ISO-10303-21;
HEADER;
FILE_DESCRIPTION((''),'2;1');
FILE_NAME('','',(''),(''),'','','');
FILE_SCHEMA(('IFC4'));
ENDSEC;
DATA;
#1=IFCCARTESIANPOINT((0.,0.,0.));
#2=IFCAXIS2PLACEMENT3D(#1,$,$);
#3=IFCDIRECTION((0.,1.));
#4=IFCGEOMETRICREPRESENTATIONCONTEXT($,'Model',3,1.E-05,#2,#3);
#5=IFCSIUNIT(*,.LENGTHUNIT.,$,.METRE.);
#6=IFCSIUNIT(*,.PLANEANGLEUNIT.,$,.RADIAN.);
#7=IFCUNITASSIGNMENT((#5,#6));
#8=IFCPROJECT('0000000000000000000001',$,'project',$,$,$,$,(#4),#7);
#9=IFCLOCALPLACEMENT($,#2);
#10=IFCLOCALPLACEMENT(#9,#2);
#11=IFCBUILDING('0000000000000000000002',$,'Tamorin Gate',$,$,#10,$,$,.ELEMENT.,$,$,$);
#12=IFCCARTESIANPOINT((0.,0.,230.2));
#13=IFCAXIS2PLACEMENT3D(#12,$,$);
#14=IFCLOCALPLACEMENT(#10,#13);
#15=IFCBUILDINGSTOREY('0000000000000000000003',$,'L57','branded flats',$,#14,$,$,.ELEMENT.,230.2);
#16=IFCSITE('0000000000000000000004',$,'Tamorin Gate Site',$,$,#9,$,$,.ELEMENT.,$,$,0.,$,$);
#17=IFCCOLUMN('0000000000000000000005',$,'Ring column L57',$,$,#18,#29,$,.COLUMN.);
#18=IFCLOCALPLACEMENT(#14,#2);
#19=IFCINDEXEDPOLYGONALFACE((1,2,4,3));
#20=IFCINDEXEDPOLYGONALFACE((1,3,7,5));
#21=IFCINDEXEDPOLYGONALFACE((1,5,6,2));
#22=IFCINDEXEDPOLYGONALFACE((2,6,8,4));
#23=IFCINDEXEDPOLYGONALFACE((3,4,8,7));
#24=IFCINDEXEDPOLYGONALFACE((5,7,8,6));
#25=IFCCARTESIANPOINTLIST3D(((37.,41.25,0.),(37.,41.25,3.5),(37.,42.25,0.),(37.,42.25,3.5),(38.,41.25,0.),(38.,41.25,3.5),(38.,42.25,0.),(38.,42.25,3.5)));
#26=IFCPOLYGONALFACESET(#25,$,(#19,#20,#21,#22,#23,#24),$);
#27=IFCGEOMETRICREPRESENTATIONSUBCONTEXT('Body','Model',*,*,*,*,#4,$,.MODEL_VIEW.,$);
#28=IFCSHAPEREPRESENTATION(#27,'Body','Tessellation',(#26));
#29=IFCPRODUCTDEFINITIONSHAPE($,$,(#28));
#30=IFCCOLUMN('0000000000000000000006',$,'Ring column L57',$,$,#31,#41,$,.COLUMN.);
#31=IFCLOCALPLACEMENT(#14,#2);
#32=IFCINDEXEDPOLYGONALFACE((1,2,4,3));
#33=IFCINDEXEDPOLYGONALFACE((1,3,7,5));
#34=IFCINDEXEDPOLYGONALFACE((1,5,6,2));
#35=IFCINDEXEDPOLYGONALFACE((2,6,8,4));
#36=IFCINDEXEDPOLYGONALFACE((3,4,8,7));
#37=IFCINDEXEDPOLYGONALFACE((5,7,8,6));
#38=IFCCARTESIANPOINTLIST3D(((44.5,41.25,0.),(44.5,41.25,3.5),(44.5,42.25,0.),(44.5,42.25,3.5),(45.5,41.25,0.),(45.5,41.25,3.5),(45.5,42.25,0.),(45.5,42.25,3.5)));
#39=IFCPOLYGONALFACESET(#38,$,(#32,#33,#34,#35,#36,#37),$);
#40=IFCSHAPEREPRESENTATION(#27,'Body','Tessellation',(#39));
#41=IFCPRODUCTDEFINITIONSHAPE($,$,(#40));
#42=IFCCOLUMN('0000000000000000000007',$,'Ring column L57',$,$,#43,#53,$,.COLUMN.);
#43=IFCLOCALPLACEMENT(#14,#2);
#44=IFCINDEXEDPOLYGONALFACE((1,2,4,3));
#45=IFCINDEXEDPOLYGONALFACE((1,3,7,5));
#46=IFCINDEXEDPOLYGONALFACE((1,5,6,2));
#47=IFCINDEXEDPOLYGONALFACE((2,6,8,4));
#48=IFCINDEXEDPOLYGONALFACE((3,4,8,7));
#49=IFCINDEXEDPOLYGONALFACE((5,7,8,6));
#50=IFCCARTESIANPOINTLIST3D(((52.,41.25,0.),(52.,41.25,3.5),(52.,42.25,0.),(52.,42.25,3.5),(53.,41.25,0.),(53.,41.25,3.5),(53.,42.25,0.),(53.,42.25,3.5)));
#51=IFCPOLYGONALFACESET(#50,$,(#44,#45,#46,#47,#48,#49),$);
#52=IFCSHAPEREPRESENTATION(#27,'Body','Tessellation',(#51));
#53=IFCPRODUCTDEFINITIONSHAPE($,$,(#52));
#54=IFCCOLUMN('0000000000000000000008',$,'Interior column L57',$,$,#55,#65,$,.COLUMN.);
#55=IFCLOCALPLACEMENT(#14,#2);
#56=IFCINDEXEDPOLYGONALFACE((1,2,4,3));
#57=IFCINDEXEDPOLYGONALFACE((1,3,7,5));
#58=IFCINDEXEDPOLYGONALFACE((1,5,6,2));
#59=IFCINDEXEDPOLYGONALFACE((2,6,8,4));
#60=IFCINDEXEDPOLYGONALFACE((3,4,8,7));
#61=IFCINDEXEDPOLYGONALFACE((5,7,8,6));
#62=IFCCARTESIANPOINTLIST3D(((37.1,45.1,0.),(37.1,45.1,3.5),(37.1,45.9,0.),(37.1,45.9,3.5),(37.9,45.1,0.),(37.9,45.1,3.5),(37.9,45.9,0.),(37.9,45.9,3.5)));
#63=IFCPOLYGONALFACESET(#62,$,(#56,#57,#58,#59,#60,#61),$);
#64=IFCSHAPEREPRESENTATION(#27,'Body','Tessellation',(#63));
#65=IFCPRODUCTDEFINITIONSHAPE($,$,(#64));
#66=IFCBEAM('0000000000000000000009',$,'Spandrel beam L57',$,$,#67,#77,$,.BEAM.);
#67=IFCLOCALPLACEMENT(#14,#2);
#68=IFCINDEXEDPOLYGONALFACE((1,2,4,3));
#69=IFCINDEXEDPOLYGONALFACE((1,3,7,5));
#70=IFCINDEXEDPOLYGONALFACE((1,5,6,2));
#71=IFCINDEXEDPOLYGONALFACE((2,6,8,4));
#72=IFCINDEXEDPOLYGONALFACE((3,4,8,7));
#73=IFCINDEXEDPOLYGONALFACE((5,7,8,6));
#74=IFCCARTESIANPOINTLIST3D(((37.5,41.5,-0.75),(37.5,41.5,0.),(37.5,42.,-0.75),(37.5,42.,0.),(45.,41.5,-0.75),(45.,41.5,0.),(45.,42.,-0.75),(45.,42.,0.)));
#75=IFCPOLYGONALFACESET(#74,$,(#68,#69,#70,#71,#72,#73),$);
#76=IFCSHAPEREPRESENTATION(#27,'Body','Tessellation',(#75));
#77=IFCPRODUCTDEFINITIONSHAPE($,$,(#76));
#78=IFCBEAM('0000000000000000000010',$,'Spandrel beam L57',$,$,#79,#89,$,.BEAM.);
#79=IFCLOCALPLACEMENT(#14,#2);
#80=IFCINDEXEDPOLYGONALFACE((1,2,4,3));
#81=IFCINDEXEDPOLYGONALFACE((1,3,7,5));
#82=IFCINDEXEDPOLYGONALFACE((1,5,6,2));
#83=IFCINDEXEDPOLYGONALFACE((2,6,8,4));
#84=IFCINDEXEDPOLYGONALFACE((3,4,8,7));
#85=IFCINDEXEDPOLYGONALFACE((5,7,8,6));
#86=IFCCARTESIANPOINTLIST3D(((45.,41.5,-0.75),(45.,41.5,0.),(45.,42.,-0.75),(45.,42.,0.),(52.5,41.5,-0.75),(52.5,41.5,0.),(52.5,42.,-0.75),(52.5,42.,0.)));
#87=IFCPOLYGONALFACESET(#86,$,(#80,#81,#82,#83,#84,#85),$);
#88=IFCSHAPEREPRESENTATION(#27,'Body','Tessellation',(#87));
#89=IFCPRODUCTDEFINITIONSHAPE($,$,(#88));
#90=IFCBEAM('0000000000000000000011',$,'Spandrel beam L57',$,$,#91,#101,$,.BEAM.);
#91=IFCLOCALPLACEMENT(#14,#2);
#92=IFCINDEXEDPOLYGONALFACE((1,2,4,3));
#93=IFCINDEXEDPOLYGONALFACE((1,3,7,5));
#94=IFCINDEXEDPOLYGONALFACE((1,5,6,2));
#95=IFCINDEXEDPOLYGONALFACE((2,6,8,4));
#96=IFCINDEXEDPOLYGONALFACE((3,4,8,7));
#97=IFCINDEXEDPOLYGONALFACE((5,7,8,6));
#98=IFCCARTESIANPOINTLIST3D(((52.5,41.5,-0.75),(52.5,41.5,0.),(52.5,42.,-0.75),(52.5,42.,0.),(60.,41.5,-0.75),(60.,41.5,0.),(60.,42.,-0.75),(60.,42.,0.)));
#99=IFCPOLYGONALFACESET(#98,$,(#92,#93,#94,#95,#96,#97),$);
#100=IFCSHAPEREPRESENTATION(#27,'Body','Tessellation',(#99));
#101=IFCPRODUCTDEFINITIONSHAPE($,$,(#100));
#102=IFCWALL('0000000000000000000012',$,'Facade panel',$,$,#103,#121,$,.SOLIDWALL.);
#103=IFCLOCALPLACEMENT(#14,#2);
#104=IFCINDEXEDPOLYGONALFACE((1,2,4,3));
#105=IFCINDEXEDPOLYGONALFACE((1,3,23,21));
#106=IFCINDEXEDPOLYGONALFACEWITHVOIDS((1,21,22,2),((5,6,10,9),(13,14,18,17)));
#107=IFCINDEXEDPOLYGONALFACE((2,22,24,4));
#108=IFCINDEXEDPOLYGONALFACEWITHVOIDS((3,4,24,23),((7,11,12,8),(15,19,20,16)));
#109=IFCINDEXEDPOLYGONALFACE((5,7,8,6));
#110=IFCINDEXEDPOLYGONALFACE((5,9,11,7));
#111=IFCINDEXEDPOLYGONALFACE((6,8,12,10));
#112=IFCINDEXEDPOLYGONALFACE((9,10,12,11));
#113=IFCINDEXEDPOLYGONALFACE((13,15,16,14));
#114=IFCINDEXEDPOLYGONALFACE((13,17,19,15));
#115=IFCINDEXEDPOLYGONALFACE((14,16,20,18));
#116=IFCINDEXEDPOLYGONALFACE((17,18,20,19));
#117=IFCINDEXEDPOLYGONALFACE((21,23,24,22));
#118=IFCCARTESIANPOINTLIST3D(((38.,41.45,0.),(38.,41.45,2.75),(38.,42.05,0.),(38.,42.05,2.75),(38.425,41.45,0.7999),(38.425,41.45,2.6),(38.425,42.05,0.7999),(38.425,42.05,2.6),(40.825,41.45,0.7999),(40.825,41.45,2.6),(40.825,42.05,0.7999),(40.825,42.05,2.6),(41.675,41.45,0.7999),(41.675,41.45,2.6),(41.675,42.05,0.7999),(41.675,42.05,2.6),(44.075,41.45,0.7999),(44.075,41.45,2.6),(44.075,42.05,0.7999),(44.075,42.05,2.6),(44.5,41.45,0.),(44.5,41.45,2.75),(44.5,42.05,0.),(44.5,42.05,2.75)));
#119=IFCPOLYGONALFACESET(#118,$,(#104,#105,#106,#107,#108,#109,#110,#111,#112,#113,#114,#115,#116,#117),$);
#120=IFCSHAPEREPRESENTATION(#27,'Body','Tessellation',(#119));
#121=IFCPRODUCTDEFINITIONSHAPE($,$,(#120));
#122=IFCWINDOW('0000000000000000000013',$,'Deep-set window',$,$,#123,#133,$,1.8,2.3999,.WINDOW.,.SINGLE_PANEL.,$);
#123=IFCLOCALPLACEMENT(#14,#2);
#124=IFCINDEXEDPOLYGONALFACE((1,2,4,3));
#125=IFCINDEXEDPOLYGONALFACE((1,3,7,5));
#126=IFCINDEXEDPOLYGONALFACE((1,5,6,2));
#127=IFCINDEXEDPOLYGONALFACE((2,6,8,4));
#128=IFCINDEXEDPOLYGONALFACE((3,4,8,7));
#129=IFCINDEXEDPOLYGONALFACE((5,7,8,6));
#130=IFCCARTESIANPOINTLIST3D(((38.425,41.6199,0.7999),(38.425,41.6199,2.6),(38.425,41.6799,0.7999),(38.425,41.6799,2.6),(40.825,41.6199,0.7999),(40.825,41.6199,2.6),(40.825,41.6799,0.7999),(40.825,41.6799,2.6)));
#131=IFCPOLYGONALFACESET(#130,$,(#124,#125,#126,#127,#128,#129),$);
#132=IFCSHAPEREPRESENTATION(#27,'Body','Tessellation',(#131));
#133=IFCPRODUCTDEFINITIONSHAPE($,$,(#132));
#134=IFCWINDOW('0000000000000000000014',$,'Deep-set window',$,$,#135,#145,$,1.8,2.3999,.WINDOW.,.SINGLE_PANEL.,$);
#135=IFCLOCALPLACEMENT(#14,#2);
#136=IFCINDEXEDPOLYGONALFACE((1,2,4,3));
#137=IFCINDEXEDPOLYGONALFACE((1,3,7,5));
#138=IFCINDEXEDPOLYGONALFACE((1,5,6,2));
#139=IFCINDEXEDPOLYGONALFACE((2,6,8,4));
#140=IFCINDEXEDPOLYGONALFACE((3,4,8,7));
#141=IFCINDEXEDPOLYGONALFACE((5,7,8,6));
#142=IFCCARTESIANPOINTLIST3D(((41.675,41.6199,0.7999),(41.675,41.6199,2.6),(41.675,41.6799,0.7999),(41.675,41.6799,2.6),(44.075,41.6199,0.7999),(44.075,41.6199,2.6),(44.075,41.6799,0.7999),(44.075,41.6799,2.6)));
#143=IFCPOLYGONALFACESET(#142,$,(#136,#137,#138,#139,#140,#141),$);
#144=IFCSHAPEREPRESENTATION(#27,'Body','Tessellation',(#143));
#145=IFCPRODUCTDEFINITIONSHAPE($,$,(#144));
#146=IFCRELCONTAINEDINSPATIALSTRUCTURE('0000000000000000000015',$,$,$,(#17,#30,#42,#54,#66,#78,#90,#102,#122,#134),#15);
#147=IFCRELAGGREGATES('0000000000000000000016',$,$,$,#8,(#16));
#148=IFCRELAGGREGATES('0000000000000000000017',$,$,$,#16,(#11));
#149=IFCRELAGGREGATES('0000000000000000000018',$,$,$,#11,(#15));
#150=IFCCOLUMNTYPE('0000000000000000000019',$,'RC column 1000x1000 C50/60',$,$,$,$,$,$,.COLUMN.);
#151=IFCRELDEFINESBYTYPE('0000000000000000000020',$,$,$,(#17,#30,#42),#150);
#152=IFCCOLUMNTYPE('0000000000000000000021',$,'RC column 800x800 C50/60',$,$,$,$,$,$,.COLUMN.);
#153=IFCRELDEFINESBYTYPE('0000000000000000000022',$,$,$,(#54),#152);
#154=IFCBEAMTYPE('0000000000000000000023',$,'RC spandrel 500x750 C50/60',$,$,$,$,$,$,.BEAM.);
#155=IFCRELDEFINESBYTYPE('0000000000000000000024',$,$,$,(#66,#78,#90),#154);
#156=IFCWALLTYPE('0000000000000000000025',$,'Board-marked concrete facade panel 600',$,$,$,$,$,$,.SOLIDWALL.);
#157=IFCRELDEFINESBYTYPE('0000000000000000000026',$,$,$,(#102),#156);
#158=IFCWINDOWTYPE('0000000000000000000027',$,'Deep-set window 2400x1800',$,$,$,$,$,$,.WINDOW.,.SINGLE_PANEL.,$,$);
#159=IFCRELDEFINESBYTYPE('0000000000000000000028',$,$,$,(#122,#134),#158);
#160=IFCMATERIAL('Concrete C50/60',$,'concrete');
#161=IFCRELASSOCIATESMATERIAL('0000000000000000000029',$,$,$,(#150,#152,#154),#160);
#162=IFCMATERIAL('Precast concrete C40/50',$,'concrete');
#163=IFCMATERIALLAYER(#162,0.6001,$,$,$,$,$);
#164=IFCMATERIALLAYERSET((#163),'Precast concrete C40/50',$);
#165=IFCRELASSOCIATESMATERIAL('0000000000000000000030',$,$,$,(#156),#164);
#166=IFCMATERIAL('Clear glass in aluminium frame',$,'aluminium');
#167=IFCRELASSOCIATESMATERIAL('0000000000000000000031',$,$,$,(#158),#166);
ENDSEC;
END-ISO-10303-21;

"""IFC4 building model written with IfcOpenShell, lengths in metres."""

from ifc_helpers import new_model, si_unit, direction, frame, frame_2d, origin, origin_2d, place, context, subcontext, project, spatial, rectangle, extrude, material, layer, layer_set, material_profile, profile_set, type_object, element, fill, save


model = new_model("IFC4")

# Units and contexts
model_context = context("Model", 3, precision=1e-05, world=origin(), true_north=direction((0.0, 1.0)))
body_context = subcontext(model_context, "Body", "Model", "MODEL_VIEW")
ifc_project = project(units=[si_unit("LENGTHUNIT", "METRE"), si_unit("PLANEANGLEUNIT", "RADIAN")], contexts=[model_context])

# Site, building, storey
site_placement = place(None, origin())
site = spatial("IfcSite", under=ifc_project, at=site_placement, Name="Tamorin Gate Site", CompositionType="ELEMENT", RefElevation=0.0)
building_placement = place(site_placement, origin())
building = spatial("IfcBuilding", under=site, at=building_placement, Name="Tamorin Gate", CompositionType="ELEMENT")
storey_placement = place(building_placement, frame((0.0, 0.0, 230.2)))
storey = spatial("IfcBuildingStorey", under=building, at=storey_placement, Name="L57", Description="branded flats", CompositionType="ELEMENT", Elevation=230.2)

# Columns
ifc_material_1 = material(Name="Concrete C50/60", Category="concrete")
ifc_material_profile_1 = material_profile(ifc_material_1, rectangle(XDim=1.0, YDim=1.0, at=origin_2d()), Name="RC 1000x1000")
ifc_profile_set_1 = profile_set([ifc_material_profile_1], Name="Concrete C50/60")
column_type_1 = type_object("IfcColumnType", Name="RC column 1000x1000 C50/60", PredefinedType="COLUMN", material=ifc_profile_set_1)
for number, where, z_axis, x_axis, name in (
    (1, (37.5, 41.75, 0.0), (0.0, 0.0, 1.0), (1.0, 0.0, 0.0), "Ring column L57"),
    (2, (45.0, 41.75, 0.0), (0.0, 0.0, 1.0), (1.0, 0.0, 0.0), "Ring column L57"),
    (3, (52.5, 41.75, 0.0), (0.0, 0.0, 1.0), (1.0, 0.0, 0.0), "Ring column L57"),
):
    element("IfcColumn", number, at=place(storey_placement, frame(where, z_axis=z_axis, x_axis=x_axis)), inside=storey, type_object=column_type_1, Name=name, PredefinedType="COLUMN", context=body_context, shape_type="SweptSolid", body=[
        extrude(rectangle(XDim=1.0, YDim=1.0, at=origin_2d()), origin(), (0.0, 0.0, 1.0), 3.5),
    ])
ifc_material_profile_2 = material_profile(ifc_material_1, rectangle(XDim=0.8, YDim=0.8, at=origin_2d()), Name="RC 800x800")
ifc_profile_set_2 = profile_set([ifc_material_profile_2], Name="Concrete C50/60")
column_type_2 = type_object("IfcColumnType", Name="RC column 800x800 C50/60", PredefinedType="COLUMN", material=ifc_profile_set_2)
column_placement = place(storey_placement, frame((37.5, 45.5, 0.0), z_axis=(0.0, 0.0, 1.0), x_axis=(1.0, 0.0, 0.0)))
element("IfcColumn", 4, at=column_placement, inside=storey, type_object=column_type_2, Name="Interior column L57", PredefinedType="COLUMN", context=body_context, shape_type="SweptSolid", body=[
    extrude(rectangle(XDim=0.8, YDim=0.8, at=origin_2d()), origin(), (0.0, 0.0, 1.0), 3.5),
])

# Beams
ifc_material_profile_3 = material_profile(ifc_material_1, rectangle(XDim=0.5, YDim=0.75, at=origin_2d()), Name="RC 500x750")
ifc_profile_set_3 = profile_set([ifc_material_profile_3], Name="Concrete C50/60")
beam_type = type_object("IfcBeamType", Name="RC spandrel 500x750 C50/60", PredefinedType="BEAM", material=ifc_profile_set_3)
for number, where, z_axis, x_axis, name in (
    (5, (37.5, 41.75, -0.375), (1.0, 0.0, 0.0), (0.0, 1.0, 0.0), "Spandrel beam L57"),
    (6, (45.0, 41.75, -0.375), (1.0, 0.0, 0.0), (0.0, 1.0, 0.0), "Spandrel beam L57"),
    (7, (52.5, 41.75, -0.375), (1.0, 0.0, 0.0), (0.0, 1.0, 0.0), "Spandrel beam L57"),
):
    element("IfcBeam", number, at=place(storey_placement, frame(where, z_axis=z_axis, x_axis=x_axis)), inside=storey, type_object=beam_type, Name=name, PredefinedType="BEAM", context=body_context, shape_type="SweptSolid", body=[
        extrude(rectangle(XDim=0.5, YDim=0.75, at=origin_2d()), origin(), (0.0, 0.0, 1.0), 7.5),
    ])

# Wall, openings, windows
ifc_material_2 = material(Name="Precast concrete C40/50", Category="concrete")
ifc_layer_1 = layer(ifc_material_2, 0.6001)
ifc_layer_set_1 = layer_set([ifc_layer_1], Name="Precast concrete C40/50")
wall_type_1 = type_object("IfcWallType", Name="Board-marked concrete facade panel 600", PredefinedType="SOLIDWALL", material=ifc_layer_set_1)
wall_1_placement = place(storey_placement, frame((38.0, 41.75, 0.0), z_axis=(0.0, 0.0, 1.0), x_axis=(1.0, 0.0, 0.0)))
wall_1 = element("IfcWall", 8, at=wall_1_placement, inside=storey, type_object=wall_type_1, Name="Facade panel", PredefinedType="SOLIDWALL", context=body_context, shape_type="SweptSolid", body=[
    extrude(rectangle(XDim=6.5, YDim=0.6001, at=frame_2d((3.25, 0.0))), origin(), (0.0, 0.0, 1.0), 2.75),
])
opening_1_placement = place(wall_1_placement, frame((0.425, 0.0, 0.8)))
opening_1 = element("IfcOpeningElement", 9, at=opening_1_placement, cuts=wall_1, PredefinedType="OPENING", context=body_context, shape_type="SweptSolid", body=[
    extrude(rectangle(XDim=2.3999, YDim=1.8, at=frame_2d((1.2, 0.8999))), frame((0.0, 0.3101, 0.0), z_axis=(0.0, -1.0, 0.0), x_axis=(1.0, 0.0, 0.0)), (0.0, 0.0, 1.0), 0.6201),
])
opening_2_placement = place(wall_1_placement, frame((3.675, 0.0, 0.8)))
opening_2 = element("IfcOpeningElement", 10, at=opening_2_placement, cuts=wall_1, PredefinedType="OPENING", context=body_context, shape_type="SweptSolid", body=[
    extrude(rectangle(XDim=2.3999, YDim=1.8, at=frame_2d((1.2, 0.8999))), frame((0.0, 0.3101, 0.0), z_axis=(0.0, -1.0, 0.0), x_axis=(1.0, 0.0, 0.0)), (0.0, 0.0, 1.0), 0.6201),
])
ifc_material_3 = material(Name="Clear glass in aluminium frame", Category="aluminium")
window_type = type_object("IfcWindowType", Name="Deep-set window 2400x1800", PartitioningType="SINGLE_PANEL", PredefinedType="WINDOW", material=ifc_material_3)
window_1_placement = place(opening_1_placement, origin())
window_1 = element("IfcWindow", 11, at=window_1_placement, inside=storey, type_object=window_type, Name="Deep-set window", OverallHeight=1.8, OverallWidth=2.3999, PartitioningType="SINGLE_PANEL", PredefinedType="WINDOW", context=body_context, shape_type="SweptSolid", body=[
    extrude(rectangle(XDim=2.3999, YDim=1.8, at=frame_2d((1.2, 0.8999))), frame((0.0, -0.0701, 0.0), z_axis=(0.0, -1.0, 0.0), x_axis=(1.0, 0.0, 0.0)), (0.0, 0.0, 1.0), 0.0601),
])
fill(opening_1, window_1)
window_2_placement = place(opening_2_placement, origin())
window_2 = element("IfcWindow", 12, at=window_2_placement, inside=storey, type_object=window_type, Name="Deep-set window", OverallHeight=1.8, OverallWidth=2.3999, PartitioningType="SINGLE_PANEL", PredefinedType="WINDOW", context=body_context, shape_type="SweptSolid", body=[
    extrude(rectangle(XDim=2.3999, YDim=1.8, at=frame_2d((1.2, 0.8999))), frame((0.0, -0.0701, 0.0), z_axis=(0.0, -1.0, 0.0), x_axis=(1.0, 0.0, 0.0)), (0.0, 0.0, 1.0), 0.0601),
])
fill(opening_2, window_2)

save(model, "model.ifc")
